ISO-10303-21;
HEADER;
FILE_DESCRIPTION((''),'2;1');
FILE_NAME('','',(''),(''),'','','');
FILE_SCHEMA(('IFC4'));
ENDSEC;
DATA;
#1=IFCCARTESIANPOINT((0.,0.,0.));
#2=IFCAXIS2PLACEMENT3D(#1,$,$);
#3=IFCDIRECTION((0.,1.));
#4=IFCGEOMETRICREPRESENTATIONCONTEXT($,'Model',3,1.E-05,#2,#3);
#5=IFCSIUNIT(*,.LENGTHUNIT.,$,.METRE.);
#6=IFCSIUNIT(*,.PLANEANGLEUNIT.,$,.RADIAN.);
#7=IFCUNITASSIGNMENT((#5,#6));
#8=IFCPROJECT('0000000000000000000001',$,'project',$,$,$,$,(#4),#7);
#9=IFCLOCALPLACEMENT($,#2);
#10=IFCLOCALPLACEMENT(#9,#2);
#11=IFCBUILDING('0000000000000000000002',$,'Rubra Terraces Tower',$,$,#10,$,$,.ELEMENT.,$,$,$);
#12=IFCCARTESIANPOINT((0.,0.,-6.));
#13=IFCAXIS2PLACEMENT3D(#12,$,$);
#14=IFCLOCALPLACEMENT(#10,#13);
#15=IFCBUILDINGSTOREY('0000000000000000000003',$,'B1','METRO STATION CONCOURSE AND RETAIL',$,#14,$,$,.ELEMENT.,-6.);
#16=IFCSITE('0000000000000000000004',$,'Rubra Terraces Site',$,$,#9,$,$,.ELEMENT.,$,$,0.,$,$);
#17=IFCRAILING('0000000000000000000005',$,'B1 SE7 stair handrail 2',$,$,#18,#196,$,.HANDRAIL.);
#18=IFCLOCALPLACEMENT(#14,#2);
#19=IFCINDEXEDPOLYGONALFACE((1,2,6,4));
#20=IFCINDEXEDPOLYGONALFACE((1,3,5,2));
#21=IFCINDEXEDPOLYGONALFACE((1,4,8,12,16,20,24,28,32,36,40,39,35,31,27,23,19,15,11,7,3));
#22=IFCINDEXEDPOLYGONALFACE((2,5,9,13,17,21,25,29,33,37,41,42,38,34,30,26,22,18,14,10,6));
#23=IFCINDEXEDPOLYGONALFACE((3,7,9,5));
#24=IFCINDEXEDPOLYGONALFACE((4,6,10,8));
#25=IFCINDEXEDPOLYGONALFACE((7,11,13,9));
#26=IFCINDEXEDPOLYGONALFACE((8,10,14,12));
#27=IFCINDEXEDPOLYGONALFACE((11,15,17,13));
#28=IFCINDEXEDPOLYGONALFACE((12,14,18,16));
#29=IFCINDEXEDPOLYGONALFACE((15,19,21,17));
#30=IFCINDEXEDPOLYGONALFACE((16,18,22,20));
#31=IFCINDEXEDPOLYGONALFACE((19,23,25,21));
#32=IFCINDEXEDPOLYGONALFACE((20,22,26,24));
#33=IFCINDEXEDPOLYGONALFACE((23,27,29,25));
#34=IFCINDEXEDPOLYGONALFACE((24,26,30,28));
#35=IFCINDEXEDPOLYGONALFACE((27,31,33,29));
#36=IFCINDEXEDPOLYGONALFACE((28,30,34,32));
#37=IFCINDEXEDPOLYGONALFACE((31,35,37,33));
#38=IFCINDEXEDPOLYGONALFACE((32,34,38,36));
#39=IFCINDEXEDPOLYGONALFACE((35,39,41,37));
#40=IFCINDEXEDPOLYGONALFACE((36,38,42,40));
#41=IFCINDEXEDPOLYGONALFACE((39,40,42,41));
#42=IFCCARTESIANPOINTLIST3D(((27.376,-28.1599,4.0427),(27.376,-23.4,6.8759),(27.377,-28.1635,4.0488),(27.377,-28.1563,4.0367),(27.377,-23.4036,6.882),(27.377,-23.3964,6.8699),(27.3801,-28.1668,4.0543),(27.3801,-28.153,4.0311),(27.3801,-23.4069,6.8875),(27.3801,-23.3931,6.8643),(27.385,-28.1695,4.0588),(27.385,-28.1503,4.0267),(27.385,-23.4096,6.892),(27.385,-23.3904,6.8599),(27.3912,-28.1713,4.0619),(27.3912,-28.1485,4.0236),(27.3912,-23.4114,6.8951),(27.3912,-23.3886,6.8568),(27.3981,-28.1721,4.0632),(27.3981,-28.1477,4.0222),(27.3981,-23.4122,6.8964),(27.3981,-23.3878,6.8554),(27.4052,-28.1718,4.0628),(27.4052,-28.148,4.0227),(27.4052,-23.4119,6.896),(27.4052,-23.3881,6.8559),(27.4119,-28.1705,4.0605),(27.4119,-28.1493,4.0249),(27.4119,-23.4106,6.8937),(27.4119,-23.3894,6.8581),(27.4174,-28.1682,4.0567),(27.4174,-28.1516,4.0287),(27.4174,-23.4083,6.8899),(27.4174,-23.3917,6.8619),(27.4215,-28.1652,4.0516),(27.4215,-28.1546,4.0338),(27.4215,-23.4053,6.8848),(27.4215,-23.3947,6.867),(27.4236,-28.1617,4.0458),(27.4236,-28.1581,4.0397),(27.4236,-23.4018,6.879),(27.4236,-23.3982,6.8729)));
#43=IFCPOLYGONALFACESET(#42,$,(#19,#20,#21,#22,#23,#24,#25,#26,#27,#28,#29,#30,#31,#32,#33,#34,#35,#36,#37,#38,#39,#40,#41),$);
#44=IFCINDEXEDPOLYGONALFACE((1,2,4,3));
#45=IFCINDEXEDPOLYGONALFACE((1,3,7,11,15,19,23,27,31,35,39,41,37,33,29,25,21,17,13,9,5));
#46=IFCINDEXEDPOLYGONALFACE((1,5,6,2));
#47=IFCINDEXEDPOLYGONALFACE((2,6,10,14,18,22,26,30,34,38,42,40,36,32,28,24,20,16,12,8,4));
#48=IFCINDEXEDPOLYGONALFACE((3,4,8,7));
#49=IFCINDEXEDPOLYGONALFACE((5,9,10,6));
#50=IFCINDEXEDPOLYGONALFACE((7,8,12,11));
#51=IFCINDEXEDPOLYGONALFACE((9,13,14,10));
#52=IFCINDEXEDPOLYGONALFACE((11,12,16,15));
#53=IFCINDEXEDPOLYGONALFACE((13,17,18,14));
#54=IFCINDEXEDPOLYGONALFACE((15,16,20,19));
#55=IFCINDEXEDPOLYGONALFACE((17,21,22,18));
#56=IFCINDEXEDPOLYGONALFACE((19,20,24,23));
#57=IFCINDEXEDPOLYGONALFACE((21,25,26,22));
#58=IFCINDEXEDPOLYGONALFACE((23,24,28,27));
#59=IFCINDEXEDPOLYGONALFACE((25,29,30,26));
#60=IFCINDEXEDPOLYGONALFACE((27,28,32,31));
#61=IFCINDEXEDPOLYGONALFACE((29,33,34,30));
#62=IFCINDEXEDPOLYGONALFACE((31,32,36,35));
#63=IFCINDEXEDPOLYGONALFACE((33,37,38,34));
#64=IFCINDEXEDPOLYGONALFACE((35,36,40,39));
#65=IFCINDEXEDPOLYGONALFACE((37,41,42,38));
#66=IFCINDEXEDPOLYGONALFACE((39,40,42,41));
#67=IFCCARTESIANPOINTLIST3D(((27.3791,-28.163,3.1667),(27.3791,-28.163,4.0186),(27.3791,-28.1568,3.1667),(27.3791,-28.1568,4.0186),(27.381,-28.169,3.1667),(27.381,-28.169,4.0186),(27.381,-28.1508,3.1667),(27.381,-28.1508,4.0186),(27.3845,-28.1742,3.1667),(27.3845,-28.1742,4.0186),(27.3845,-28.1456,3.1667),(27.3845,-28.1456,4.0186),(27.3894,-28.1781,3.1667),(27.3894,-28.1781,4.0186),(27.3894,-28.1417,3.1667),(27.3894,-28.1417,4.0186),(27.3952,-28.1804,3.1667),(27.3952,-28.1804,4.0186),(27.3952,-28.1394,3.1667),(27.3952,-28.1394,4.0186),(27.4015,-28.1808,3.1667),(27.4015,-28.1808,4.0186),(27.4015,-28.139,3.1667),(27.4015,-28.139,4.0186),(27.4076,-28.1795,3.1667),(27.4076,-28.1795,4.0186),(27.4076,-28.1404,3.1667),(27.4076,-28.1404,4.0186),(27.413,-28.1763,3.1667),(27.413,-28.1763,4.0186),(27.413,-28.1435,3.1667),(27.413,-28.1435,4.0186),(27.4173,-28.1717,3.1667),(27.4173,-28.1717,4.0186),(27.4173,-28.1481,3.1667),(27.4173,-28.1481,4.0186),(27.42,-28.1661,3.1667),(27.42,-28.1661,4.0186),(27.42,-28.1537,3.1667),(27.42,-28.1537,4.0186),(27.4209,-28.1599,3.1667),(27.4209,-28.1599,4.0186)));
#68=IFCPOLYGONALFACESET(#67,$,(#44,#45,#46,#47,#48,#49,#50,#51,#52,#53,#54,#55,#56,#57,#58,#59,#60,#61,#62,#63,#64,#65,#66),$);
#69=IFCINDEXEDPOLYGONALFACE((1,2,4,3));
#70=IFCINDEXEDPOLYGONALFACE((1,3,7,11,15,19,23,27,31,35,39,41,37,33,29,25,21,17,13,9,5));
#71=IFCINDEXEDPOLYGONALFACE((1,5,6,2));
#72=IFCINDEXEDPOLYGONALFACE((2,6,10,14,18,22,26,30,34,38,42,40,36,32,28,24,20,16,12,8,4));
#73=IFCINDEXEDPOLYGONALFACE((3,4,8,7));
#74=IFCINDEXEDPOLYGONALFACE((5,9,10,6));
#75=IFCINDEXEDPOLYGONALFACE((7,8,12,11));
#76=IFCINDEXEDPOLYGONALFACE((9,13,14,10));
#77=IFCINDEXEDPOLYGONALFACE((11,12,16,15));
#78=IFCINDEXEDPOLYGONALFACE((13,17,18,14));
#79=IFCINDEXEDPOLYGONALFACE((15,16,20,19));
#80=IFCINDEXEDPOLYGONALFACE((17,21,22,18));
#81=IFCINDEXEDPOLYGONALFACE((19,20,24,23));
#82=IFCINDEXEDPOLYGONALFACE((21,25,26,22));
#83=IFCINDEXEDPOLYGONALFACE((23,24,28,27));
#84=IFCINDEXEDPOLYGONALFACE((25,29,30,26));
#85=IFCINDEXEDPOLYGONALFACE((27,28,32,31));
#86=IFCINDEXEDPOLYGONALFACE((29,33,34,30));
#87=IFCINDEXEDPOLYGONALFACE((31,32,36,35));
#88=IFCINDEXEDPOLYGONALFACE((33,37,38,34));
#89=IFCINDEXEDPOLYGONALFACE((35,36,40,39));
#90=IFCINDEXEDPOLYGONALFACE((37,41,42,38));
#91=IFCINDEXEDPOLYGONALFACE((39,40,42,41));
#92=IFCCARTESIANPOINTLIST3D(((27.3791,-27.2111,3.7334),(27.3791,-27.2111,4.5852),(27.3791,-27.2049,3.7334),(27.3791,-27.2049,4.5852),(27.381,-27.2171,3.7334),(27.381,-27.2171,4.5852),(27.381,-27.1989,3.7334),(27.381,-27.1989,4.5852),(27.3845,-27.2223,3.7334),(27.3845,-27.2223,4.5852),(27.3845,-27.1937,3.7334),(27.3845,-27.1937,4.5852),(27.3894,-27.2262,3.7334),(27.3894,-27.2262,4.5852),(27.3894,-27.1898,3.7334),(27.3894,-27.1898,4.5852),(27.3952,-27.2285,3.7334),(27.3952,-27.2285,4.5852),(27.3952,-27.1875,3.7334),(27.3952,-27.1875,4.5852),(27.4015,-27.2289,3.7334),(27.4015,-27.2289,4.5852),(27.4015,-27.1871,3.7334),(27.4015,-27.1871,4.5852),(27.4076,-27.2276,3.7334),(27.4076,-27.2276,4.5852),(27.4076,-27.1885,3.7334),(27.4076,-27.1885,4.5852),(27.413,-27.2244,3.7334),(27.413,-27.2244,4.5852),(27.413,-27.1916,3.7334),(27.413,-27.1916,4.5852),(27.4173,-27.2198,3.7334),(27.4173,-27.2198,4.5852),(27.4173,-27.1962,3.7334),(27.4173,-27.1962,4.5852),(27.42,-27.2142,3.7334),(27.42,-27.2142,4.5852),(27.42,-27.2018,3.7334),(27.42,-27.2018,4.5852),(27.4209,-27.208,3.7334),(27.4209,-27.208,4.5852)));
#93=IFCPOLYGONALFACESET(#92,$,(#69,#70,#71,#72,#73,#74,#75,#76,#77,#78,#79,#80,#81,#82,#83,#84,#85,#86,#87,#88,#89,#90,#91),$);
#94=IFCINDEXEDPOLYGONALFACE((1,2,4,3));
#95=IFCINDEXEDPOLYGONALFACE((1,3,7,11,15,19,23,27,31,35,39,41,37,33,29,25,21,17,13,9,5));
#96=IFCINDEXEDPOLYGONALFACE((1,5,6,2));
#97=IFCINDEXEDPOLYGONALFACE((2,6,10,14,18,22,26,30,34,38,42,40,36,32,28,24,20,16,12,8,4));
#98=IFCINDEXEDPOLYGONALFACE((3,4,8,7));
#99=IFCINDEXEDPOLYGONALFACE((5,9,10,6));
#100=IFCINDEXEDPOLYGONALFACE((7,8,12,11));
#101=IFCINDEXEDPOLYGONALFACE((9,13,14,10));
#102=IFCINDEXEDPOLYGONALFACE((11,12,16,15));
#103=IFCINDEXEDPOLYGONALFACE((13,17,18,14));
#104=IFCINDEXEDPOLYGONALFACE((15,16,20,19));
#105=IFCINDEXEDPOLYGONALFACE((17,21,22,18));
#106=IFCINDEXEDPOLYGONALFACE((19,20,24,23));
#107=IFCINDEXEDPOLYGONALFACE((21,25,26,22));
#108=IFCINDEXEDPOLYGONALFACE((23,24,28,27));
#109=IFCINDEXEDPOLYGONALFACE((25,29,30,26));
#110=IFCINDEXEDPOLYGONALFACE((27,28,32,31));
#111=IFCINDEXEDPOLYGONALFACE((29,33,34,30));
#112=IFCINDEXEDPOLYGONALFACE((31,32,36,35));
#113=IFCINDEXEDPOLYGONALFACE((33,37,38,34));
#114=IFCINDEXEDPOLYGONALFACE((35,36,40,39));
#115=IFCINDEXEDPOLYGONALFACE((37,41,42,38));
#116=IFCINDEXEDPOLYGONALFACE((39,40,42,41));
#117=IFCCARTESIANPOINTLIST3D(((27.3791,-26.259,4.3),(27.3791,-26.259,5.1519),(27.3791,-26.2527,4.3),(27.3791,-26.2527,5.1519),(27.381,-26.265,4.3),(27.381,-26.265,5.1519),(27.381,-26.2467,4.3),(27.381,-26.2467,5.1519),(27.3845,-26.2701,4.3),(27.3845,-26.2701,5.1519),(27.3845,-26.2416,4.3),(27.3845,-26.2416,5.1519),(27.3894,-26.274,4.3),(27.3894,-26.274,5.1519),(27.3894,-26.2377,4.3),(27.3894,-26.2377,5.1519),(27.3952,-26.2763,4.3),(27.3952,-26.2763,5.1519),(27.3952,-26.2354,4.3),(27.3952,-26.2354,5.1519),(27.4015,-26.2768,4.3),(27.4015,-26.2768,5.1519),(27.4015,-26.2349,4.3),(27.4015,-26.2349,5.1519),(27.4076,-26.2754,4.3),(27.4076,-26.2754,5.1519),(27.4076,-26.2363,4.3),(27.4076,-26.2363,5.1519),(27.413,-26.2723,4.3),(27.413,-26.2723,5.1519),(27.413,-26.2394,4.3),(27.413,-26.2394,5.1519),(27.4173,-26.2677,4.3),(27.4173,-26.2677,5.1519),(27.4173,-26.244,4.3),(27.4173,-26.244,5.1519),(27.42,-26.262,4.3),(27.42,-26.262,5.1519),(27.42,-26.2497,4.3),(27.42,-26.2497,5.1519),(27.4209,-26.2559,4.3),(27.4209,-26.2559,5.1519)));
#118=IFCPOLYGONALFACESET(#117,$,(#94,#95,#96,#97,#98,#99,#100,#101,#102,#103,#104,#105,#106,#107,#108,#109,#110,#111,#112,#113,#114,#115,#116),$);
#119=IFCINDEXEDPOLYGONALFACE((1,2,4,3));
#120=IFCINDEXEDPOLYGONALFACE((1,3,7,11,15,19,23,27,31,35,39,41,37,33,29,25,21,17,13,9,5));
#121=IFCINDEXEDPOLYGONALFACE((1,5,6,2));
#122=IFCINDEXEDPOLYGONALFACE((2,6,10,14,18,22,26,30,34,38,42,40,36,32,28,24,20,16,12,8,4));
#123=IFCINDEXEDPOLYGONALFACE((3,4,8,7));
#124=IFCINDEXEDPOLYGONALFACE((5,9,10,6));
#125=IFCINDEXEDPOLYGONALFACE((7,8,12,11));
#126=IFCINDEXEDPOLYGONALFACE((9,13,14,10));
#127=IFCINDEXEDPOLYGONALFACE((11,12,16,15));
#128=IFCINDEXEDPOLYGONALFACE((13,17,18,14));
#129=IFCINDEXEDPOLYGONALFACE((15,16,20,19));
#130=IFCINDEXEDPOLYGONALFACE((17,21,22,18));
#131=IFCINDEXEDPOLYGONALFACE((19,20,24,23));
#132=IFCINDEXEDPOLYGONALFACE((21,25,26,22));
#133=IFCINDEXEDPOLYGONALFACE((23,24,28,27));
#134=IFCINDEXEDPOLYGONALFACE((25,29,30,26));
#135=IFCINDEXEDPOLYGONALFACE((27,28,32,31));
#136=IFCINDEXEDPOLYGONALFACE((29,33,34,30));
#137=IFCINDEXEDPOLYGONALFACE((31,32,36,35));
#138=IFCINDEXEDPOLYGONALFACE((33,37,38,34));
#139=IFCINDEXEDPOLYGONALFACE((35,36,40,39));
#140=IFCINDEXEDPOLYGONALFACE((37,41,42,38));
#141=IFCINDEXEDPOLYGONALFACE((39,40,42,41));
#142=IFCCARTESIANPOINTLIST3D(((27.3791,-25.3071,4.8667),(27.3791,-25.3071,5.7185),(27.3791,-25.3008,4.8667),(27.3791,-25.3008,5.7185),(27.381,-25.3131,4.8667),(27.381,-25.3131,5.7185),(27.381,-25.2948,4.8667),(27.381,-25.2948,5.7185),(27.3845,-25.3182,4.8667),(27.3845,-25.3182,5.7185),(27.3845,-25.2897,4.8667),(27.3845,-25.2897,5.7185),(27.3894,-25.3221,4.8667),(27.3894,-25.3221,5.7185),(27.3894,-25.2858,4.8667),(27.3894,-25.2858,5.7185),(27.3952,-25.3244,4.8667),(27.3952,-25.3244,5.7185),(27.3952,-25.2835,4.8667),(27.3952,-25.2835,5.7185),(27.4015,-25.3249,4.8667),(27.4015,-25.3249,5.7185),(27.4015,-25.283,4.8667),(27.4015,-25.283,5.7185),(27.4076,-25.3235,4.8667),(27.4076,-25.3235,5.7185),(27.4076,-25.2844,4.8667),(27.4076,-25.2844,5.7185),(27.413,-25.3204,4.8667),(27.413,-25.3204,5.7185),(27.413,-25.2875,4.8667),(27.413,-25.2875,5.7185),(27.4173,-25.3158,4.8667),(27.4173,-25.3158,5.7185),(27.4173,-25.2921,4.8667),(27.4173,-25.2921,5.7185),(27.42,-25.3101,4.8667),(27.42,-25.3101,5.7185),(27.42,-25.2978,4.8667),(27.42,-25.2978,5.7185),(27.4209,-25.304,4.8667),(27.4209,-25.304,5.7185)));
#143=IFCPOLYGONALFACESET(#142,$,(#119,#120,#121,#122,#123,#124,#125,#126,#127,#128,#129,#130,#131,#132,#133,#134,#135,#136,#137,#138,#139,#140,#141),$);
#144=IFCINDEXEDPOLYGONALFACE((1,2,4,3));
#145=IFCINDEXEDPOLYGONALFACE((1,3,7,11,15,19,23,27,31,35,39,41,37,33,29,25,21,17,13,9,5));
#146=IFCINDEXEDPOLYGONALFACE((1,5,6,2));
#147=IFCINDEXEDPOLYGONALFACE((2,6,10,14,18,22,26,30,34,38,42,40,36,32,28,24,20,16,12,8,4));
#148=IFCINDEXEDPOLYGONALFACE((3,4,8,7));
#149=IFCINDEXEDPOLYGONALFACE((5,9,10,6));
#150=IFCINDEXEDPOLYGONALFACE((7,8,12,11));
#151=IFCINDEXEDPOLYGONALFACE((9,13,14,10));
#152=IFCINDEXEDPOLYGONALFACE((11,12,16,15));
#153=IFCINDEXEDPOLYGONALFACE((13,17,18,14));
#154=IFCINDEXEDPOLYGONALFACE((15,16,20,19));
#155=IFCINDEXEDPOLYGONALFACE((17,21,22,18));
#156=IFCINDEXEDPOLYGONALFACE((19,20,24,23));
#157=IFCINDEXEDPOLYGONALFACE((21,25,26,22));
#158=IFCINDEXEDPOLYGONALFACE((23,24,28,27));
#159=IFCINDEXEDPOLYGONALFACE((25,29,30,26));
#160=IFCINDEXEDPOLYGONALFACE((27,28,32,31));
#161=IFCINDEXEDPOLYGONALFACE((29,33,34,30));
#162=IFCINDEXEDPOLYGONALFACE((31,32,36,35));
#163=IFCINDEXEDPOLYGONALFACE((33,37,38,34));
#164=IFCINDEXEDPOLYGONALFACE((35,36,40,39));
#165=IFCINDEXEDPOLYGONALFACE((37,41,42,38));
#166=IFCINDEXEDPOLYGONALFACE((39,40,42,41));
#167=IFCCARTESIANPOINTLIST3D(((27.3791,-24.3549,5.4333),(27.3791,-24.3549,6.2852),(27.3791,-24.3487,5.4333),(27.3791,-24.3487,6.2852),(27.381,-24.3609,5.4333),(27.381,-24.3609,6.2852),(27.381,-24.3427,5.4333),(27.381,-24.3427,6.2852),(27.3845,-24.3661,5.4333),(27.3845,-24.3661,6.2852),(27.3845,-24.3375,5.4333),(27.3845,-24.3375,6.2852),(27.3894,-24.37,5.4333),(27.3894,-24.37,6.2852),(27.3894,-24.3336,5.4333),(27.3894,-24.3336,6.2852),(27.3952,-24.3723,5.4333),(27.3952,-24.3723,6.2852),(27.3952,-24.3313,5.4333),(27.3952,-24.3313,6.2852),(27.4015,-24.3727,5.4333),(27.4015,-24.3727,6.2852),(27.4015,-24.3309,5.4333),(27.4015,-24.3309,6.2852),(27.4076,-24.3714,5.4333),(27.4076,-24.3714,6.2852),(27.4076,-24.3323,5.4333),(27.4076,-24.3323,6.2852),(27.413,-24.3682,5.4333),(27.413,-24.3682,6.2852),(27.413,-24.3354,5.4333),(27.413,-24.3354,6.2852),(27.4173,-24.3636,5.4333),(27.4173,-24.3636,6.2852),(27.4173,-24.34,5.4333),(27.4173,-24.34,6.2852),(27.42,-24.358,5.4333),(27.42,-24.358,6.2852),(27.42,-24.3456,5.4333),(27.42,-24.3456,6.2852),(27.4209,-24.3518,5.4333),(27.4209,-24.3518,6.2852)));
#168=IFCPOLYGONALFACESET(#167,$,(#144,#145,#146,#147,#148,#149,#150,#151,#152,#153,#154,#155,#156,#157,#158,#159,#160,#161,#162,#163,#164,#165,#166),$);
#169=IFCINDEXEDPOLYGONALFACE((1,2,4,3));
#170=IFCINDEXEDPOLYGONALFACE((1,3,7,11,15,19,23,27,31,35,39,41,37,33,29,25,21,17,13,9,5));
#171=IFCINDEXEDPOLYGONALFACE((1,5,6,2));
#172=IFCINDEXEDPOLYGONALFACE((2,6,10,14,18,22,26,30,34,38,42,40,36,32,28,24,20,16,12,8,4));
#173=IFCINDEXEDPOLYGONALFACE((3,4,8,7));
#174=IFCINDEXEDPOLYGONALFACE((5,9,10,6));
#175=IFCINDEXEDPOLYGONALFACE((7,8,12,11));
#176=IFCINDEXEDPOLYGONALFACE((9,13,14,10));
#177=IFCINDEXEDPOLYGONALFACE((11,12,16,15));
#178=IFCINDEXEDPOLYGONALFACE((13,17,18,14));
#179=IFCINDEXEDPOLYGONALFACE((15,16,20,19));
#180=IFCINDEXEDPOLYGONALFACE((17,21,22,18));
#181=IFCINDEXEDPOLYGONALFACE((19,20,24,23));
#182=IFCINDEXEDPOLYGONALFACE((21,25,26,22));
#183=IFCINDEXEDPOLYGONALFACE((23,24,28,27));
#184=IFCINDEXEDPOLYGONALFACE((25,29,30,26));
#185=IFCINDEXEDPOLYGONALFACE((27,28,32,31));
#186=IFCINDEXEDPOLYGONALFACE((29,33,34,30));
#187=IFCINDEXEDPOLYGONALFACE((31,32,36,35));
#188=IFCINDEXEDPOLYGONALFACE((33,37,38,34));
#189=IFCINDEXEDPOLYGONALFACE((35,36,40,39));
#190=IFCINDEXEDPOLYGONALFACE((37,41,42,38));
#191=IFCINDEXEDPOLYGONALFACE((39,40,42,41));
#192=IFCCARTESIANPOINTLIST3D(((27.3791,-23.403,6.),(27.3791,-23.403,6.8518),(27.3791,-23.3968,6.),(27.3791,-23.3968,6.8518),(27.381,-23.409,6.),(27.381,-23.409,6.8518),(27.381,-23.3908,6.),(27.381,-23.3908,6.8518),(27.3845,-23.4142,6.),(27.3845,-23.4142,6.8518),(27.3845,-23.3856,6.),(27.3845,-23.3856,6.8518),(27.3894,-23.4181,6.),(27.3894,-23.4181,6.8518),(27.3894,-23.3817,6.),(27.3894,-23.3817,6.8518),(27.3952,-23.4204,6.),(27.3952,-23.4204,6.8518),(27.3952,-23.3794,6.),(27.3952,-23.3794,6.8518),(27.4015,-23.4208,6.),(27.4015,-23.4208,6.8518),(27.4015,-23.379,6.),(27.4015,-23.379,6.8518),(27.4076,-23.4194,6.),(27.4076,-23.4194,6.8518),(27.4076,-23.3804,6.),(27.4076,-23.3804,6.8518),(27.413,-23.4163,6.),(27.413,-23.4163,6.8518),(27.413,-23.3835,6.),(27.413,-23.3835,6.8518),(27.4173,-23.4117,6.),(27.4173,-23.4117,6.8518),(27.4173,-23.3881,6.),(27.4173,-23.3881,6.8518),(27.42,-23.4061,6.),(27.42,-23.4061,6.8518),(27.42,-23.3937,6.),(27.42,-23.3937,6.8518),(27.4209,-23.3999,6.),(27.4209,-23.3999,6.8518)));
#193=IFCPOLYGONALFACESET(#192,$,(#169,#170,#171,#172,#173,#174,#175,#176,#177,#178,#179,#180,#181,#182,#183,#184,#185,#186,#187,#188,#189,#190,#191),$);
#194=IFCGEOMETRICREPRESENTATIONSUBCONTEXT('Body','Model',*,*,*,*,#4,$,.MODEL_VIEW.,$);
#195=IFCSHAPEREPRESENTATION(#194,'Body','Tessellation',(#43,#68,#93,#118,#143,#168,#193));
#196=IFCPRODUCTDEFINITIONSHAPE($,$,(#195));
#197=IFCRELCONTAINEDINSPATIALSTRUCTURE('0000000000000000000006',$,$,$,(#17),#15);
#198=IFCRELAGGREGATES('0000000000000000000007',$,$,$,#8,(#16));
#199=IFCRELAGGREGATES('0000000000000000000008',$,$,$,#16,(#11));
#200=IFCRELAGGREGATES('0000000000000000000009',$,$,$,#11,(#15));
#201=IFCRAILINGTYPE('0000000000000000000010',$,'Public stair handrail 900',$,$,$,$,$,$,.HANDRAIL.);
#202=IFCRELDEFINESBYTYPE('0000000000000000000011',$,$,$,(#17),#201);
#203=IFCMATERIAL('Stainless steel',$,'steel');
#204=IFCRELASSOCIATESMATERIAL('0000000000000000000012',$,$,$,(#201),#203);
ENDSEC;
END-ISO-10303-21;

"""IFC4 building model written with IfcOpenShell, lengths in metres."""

from ifc_helpers import new_model, si_unit, direction, frame, origin, origin_2d, place, context, subcontext, project, spatial, circle, extrude, material, type_object, element, save


model = new_model("IFC4")

# Units and contexts
model_context = context("Model", 3, precision=1e-05, world=origin(), true_north=direction((0.0, 1.0)))
body_context = subcontext(model_context, "Body", "Model", "MODEL_VIEW")
ifc_project = project(units=[si_unit("LENGTHUNIT", "METRE"), si_unit("PLANEANGLEUNIT", "RADIAN")], contexts=[model_context])

# Site, building, storey
site_placement = place(None, origin())
site = spatial("IfcSite", under=ifc_project, at=site_placement, Name="Rubra Terraces Site", CompositionType="ELEMENT", RefElevation=0.0)
building_placement = place(site_placement, origin())
building = spatial("IfcBuilding", under=site, at=building_placement, Name="Rubra Terraces Tower", CompositionType="ELEMENT")
storey_placement = place(building_placement, frame((0.0, 0.0, -6.0)))
storey = spatial("IfcBuildingStorey", under=building, at=storey_placement, Name="B1", Description="METRO STATION CONCOURSE AND RETAIL", CompositionType="ELEMENT", Elevation=-6.0)

# Railing
ifc_material_1 = material(Name="Stainless steel", Category="steel")
railing_type_1 = type_object("IfcRailingType", Name="Public stair handrail 900", PredefinedType="HANDRAIL", material=ifc_material_1)
railing_1_placement = place(storey_placement, frame((27.3999, -28.1599, 3.1667)))
element("IfcRailing", 1, at=railing_1_placement, inside=storey, type_object=railing_type_1, Name="B1 SE7 stair handrail 2", PredefinedType="HANDRAIL", context=body_context, shape_type="SweptSolid", body=[
    extrude(circle(Radius=0.0239, at=origin_2d()), frame((0.0, 0.0, 0.876), z_axis=(0.0, 0.8593, 0.511472), x_axis=(-1.0, 0.0, 0.0)), (0.0, 0.0, 1.0), 5.5393),
    extrude(circle(Radius=0.021, at=origin_2d()), origin(), (0.0, 0.0, 1.0), 0.8518),
    extrude(circle(Radius=0.021, at=origin_2d()), frame((0.0, 0.9519, 0.5667)), (0.0, 0.0, 1.0), 0.8518),
    extrude(circle(Radius=0.021, at=origin_2d()), frame((0.0, 1.9041, 1.1333)), (0.0, 0.0, 1.0), 0.8518),
    extrude(circle(Radius=0.021, at=origin_2d()), frame((0.0, 2.856, 1.7)), (0.0, 0.0, 1.0), 0.8518),
    extrude(circle(Radius=0.021, at=origin_2d()), frame((0.0, 3.8081, 2.2666)), (0.0, 0.0, 1.0), 0.8518),
    extrude(circle(Radius=0.021, at=origin_2d()), frame((0.0, 4.76, 2.8333)), (0.0, 0.0, 1.0), 0.8518),
])

save(model, "model.ifc")
